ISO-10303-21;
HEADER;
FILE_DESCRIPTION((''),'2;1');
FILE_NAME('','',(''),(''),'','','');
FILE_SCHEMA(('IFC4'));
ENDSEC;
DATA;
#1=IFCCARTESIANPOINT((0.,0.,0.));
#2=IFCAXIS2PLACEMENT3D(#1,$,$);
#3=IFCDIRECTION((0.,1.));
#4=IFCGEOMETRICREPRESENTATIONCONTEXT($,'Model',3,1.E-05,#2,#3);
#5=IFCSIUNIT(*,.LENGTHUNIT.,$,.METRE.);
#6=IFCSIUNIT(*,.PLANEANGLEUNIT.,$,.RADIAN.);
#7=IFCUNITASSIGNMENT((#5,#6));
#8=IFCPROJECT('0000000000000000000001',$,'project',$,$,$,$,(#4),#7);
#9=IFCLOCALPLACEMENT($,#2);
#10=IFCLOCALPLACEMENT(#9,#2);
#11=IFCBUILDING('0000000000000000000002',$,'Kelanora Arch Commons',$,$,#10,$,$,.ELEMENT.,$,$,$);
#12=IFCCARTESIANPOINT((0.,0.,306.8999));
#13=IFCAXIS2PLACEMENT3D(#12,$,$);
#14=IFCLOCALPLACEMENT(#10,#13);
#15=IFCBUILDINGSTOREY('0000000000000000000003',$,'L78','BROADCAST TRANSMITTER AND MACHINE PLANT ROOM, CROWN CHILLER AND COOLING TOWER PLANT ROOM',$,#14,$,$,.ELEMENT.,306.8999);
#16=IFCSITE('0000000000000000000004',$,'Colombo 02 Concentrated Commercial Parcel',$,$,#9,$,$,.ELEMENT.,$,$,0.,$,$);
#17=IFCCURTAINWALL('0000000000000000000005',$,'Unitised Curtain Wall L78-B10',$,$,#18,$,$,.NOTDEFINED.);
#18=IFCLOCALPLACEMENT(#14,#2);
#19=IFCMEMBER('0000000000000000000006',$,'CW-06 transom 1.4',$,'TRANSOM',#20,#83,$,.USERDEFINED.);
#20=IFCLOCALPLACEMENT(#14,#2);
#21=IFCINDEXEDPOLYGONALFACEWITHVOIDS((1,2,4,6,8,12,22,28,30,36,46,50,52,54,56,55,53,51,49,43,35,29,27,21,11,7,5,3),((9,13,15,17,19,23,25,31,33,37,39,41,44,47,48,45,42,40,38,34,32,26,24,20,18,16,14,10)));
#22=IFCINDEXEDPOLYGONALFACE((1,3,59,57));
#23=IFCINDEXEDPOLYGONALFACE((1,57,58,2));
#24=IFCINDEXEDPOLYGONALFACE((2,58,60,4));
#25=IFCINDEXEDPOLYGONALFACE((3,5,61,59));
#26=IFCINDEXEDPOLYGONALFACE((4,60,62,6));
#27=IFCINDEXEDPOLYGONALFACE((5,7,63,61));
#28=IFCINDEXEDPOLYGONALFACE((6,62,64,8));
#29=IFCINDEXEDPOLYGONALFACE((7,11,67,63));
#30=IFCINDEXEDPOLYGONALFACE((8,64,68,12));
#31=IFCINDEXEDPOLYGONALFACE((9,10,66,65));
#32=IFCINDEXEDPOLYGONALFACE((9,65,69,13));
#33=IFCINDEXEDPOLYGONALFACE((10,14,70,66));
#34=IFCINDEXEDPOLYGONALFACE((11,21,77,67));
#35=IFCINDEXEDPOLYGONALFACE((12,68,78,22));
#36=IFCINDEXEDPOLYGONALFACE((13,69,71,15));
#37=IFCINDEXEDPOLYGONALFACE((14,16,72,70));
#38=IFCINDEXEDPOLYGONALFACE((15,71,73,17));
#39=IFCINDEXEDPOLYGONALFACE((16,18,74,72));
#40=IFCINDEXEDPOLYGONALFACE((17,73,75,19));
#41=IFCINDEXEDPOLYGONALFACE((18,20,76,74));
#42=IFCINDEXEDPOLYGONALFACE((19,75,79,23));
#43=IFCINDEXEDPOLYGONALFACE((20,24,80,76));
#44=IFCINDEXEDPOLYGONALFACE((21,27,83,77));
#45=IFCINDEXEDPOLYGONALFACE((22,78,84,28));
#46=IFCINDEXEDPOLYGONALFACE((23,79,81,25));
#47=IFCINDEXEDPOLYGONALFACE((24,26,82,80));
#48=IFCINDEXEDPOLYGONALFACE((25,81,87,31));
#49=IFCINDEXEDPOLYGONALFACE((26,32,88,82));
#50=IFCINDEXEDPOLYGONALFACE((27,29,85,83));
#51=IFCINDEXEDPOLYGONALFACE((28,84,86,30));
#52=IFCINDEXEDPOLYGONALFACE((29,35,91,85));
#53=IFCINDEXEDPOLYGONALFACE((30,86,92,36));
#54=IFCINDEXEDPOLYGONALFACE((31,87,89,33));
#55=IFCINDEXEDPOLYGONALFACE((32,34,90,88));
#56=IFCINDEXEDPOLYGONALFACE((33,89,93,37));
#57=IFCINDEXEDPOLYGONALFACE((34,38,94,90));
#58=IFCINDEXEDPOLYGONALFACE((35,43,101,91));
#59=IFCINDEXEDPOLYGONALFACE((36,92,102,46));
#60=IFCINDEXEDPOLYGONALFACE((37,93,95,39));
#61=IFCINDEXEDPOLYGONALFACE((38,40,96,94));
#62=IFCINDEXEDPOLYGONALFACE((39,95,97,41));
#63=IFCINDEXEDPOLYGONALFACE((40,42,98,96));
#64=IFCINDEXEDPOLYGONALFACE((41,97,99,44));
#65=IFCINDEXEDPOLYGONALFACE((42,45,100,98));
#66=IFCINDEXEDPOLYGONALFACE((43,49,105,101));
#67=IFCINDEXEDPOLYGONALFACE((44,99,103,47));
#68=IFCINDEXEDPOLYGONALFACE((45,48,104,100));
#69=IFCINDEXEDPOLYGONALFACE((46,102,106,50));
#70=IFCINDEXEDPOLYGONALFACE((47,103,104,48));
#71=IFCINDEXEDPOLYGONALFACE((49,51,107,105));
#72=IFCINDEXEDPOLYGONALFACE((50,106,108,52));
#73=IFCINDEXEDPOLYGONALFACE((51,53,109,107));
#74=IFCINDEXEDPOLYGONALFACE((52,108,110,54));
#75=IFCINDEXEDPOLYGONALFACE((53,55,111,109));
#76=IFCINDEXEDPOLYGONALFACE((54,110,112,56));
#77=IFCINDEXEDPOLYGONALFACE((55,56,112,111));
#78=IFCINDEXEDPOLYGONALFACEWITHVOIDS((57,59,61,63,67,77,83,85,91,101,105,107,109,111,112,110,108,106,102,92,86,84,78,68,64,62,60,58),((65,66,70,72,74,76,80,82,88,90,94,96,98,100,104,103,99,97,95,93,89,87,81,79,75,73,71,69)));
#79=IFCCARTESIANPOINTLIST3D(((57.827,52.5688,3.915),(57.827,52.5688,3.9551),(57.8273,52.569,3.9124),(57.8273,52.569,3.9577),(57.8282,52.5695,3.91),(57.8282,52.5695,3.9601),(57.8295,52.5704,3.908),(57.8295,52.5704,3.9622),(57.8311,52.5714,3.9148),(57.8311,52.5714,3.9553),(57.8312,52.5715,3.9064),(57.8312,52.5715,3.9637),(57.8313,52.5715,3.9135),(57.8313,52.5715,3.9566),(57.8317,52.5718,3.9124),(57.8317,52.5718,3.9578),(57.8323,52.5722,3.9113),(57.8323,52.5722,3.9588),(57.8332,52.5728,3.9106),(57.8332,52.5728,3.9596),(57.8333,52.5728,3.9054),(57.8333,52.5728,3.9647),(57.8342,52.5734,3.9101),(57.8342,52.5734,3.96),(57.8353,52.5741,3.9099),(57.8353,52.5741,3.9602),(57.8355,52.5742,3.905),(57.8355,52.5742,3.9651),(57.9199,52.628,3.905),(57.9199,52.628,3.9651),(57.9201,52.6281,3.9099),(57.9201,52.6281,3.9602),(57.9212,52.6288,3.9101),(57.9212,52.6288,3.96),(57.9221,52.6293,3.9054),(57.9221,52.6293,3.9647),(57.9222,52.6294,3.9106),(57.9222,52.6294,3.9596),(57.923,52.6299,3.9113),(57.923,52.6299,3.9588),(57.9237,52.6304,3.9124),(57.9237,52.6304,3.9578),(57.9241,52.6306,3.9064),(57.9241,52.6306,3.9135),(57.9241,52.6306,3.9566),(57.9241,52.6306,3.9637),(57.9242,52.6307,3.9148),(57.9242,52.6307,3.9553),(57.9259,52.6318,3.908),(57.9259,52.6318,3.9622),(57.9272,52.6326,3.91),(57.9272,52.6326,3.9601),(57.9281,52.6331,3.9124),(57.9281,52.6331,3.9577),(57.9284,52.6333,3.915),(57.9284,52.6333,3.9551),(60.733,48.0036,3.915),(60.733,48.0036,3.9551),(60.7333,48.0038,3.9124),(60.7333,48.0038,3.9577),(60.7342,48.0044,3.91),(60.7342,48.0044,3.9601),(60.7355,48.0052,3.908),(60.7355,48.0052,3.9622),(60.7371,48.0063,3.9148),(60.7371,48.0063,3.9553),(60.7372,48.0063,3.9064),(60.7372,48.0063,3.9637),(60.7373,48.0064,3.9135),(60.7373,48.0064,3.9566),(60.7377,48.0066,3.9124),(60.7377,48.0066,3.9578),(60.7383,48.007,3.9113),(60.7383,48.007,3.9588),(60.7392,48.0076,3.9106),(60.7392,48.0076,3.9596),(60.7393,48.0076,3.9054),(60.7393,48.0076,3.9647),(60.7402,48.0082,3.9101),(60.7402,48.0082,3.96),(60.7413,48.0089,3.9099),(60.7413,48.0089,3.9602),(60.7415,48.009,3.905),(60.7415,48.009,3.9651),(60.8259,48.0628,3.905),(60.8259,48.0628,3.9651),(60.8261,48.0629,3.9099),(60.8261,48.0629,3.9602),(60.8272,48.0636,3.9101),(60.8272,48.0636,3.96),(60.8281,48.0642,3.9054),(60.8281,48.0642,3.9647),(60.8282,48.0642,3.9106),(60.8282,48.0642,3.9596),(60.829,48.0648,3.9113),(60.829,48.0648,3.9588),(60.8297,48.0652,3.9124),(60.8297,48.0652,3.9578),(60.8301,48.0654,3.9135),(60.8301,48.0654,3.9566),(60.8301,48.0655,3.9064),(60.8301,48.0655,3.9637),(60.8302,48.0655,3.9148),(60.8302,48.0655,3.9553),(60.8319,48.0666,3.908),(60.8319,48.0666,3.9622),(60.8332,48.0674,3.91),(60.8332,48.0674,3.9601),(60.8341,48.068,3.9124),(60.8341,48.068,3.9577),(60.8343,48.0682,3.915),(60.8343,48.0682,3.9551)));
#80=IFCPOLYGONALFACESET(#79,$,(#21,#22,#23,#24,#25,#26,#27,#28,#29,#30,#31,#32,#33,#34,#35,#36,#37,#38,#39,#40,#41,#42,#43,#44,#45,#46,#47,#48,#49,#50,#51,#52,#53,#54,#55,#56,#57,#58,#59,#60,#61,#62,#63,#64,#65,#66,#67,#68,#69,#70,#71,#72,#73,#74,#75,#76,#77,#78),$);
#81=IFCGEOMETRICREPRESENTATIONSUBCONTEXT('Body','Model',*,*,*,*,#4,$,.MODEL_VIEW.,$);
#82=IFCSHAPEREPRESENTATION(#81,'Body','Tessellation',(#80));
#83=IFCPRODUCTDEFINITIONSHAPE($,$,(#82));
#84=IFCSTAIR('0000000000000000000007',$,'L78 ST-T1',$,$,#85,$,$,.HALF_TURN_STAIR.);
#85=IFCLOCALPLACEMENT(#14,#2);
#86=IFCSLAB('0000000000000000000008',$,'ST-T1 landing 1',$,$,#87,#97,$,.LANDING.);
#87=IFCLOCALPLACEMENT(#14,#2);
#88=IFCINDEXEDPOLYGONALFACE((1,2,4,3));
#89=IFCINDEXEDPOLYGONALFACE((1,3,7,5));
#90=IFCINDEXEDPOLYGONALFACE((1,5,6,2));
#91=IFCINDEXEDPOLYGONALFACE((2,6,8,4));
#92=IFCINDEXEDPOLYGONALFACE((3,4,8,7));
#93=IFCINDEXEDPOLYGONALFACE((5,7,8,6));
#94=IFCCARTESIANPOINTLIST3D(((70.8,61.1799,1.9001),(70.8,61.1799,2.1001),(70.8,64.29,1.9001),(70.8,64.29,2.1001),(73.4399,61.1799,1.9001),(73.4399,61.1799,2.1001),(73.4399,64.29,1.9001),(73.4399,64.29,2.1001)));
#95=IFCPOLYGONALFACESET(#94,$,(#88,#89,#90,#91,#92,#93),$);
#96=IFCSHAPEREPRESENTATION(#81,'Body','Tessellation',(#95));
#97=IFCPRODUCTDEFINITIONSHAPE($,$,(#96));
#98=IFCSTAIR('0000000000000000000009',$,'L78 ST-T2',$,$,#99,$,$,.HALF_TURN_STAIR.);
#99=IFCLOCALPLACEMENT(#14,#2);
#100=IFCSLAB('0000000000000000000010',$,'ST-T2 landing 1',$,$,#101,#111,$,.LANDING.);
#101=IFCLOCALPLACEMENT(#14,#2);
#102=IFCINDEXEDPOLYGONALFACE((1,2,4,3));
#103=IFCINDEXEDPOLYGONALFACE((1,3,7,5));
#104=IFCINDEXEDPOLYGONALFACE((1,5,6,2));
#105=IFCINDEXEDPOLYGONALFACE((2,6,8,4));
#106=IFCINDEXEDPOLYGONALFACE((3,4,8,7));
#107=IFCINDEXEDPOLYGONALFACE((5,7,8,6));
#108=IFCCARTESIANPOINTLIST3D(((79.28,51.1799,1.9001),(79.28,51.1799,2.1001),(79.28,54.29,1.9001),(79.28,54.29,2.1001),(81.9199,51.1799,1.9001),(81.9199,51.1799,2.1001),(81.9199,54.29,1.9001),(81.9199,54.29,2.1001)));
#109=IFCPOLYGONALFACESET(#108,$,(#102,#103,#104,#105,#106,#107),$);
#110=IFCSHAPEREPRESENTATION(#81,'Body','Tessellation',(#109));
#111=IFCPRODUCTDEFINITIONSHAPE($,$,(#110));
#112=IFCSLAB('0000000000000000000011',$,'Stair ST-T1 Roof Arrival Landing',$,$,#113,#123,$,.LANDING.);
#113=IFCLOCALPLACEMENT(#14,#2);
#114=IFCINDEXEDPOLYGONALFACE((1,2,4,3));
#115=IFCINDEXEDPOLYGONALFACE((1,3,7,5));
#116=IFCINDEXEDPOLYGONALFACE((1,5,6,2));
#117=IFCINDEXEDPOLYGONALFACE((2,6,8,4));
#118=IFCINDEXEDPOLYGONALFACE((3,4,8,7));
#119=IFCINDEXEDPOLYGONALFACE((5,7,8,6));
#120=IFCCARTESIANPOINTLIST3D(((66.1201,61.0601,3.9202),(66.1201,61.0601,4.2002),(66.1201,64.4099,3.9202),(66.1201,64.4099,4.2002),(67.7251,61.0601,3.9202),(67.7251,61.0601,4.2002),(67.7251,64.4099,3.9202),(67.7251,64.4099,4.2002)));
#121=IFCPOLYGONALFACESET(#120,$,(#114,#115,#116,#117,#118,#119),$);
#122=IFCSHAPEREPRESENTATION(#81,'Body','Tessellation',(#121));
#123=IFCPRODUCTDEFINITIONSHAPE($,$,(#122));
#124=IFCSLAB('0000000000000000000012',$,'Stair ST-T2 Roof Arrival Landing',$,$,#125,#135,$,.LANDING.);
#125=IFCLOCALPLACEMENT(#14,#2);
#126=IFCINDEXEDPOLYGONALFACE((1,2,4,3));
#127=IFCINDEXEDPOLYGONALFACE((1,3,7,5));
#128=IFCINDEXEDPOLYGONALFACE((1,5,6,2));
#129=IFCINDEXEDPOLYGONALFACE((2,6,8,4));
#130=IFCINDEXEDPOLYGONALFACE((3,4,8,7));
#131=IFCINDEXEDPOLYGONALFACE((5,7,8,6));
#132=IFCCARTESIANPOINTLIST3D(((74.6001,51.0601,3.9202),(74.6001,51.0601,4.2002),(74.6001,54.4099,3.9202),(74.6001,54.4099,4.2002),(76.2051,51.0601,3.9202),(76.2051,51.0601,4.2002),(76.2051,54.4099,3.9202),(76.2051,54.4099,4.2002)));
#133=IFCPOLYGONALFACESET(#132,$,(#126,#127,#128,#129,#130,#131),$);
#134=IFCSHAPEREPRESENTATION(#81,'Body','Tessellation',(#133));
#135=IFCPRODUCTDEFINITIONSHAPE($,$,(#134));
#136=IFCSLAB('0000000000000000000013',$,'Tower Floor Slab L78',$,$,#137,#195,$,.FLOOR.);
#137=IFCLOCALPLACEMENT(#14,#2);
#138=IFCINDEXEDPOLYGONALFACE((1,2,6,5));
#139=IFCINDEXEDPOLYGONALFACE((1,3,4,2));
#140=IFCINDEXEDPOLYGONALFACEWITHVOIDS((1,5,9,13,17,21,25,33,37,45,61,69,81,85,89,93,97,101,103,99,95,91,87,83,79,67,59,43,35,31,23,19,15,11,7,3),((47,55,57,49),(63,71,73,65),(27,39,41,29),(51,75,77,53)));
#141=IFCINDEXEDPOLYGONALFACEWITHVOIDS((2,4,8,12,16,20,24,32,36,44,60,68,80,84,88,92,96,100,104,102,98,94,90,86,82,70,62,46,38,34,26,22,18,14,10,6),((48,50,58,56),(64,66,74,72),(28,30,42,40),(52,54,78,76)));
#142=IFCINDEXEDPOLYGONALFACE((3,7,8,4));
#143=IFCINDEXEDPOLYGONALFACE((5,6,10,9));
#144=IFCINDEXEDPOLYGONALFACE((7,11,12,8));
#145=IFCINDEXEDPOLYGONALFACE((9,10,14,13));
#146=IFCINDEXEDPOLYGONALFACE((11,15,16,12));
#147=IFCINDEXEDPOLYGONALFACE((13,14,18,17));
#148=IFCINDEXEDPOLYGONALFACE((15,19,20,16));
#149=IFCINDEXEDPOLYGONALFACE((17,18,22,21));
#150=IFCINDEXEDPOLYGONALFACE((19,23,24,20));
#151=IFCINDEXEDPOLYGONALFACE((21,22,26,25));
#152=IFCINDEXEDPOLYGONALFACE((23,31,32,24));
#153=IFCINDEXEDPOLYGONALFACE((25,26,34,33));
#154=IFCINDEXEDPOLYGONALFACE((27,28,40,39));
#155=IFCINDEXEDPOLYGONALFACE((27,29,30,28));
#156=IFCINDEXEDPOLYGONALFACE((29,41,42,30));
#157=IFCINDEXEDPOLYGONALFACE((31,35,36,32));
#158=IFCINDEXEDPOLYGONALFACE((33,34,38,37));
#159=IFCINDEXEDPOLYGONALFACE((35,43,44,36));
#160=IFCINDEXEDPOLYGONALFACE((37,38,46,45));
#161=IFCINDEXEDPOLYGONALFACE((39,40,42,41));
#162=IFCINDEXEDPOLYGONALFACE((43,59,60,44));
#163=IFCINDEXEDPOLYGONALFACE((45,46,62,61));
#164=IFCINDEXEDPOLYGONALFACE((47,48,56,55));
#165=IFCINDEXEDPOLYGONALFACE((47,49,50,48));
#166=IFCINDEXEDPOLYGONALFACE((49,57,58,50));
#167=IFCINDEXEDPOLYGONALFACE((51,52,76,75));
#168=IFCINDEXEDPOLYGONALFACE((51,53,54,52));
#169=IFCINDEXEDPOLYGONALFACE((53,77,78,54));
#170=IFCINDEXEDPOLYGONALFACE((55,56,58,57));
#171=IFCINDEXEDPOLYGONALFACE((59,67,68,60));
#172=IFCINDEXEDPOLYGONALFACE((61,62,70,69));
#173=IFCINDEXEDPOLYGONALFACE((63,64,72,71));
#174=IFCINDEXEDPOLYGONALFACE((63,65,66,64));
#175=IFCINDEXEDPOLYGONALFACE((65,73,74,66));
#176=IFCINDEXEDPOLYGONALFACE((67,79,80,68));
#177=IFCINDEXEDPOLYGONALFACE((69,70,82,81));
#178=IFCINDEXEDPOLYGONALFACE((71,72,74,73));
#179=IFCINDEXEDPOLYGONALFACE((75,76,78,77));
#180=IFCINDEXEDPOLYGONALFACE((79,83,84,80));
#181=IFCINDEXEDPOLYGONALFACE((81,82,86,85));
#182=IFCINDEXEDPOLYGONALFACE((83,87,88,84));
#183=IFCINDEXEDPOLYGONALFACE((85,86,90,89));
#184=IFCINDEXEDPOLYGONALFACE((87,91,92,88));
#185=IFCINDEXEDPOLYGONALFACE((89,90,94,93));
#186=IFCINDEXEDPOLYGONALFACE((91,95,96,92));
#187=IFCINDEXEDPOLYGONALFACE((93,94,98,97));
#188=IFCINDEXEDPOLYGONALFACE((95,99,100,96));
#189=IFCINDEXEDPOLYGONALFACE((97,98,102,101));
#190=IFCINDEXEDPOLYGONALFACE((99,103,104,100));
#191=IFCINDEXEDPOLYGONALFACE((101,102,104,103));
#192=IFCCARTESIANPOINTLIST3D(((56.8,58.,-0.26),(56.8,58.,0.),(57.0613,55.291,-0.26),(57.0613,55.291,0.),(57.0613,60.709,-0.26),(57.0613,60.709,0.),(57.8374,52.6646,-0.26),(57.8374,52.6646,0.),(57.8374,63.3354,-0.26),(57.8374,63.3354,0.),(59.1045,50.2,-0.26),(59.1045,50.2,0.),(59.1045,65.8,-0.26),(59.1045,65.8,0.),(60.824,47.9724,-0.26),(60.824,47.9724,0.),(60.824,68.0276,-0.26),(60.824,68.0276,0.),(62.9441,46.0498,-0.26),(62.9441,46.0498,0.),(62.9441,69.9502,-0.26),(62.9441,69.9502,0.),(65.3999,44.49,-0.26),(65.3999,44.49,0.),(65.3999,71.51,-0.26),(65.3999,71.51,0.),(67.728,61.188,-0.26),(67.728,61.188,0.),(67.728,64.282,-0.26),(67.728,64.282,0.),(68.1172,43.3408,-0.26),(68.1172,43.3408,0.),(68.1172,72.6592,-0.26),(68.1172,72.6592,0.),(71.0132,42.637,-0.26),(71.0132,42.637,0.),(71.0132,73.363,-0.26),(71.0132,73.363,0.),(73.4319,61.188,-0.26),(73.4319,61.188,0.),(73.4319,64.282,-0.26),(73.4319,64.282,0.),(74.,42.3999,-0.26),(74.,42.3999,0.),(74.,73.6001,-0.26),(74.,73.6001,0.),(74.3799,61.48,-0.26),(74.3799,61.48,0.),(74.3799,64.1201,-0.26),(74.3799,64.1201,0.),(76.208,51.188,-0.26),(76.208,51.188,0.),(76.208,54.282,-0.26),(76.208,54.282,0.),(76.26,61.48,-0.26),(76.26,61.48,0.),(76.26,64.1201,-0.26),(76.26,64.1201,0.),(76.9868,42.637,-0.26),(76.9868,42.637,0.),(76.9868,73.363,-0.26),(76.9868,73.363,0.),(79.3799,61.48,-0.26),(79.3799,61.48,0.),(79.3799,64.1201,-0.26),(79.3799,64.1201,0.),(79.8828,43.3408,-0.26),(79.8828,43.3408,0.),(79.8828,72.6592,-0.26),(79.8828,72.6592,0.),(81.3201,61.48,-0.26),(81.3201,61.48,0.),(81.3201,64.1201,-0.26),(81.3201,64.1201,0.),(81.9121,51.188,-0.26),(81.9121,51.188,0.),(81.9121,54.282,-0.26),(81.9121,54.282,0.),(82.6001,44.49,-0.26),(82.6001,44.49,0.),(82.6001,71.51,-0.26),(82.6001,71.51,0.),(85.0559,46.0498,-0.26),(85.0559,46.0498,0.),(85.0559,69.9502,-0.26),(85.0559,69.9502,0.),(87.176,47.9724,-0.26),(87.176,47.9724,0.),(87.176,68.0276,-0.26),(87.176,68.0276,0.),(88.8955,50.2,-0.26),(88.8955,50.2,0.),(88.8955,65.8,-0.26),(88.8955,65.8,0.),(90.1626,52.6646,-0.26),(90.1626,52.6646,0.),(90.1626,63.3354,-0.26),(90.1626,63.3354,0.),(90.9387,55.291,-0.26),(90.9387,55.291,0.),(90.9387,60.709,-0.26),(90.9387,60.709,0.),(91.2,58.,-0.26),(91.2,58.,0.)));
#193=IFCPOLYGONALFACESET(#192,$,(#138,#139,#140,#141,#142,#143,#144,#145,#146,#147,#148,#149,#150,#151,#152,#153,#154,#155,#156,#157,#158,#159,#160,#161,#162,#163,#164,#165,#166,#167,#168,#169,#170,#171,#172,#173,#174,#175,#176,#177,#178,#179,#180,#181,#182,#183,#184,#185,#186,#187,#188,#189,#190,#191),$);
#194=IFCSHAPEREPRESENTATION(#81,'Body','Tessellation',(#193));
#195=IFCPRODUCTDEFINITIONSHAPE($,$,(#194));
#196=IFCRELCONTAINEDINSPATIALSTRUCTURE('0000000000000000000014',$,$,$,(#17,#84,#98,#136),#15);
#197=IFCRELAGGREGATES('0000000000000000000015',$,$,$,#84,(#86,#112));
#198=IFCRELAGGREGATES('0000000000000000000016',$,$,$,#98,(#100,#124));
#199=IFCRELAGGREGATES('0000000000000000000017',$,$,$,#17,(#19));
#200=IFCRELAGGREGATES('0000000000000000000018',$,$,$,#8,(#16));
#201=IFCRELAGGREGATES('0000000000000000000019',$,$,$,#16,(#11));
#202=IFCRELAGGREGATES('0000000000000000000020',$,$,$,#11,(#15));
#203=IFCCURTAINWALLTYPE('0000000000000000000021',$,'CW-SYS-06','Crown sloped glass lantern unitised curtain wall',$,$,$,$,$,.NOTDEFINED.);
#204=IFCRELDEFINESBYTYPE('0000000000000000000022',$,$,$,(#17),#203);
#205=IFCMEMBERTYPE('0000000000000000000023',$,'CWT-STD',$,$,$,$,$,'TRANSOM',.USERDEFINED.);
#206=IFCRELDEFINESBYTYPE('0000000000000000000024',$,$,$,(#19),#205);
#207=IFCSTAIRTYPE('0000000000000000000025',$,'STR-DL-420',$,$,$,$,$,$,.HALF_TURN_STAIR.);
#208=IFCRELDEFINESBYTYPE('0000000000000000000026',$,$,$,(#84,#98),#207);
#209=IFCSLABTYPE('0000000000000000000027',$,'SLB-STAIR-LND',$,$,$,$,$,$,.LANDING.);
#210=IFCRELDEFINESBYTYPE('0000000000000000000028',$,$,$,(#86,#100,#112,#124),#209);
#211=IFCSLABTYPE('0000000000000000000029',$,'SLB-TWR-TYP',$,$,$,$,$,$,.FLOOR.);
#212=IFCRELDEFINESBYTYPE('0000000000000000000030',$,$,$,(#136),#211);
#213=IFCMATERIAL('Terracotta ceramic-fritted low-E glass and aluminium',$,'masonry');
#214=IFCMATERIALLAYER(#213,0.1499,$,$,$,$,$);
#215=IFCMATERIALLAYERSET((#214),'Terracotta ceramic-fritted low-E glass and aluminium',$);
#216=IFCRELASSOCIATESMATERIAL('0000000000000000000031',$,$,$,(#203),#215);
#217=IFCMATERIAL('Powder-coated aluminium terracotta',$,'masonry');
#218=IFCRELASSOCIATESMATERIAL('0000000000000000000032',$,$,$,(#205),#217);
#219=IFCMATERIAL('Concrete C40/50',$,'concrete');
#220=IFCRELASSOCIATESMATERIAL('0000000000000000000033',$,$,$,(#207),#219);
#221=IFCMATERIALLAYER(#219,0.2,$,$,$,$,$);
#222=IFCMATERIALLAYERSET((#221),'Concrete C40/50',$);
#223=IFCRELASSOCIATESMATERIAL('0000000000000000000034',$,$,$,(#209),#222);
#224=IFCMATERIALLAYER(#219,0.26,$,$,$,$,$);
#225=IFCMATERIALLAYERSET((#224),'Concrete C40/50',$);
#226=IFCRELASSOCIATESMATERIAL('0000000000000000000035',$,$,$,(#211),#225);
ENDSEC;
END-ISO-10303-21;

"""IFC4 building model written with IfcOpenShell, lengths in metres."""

from ifc_helpers import new_model, si_unit, direction, frame, origin, origin_2d, place, context, subcontext, project, spatial, polyline, hollow_rectangle, outline, extrude, material, layer, layer_set, material_profile, profile_set, type_object, element, aggregate, save


model = new_model("IFC4")

# Units and contexts
model_context = context("Model", 3, precision=1e-05, world=origin(), true_north=direction((0.0, 1.0)))
body_context = subcontext(model_context, "Body", "Model", "MODEL_VIEW")
ifc_project = project(units=[si_unit("LENGTHUNIT", "METRE"), si_unit("PLANEANGLEUNIT", "RADIAN")], contexts=[model_context])

# Site, building, storey
site_placement = place(None, origin())
site = spatial("IfcSite", under=ifc_project, at=site_placement, Name="Colombo 02 Concentrated Commercial Parcel", CompositionType="ELEMENT", RefElevation=0.0)
building_placement = place(site_placement, origin())
building = spatial("IfcBuilding", under=site, at=building_placement, Name="Kelanora Arch Commons", CompositionType="ELEMENT")
storey_placement = place(building_placement, frame((0.0, 0.0, 306.8999)))
storey = spatial("IfcBuildingStorey", under=building, at=storey_placement, Name="L78", Description="BROADCAST TRANSMITTER AND MACHINE PLANT ROOM, CROWN CHILLER AND COOLING TOWER PLANT ROOM", CompositionType="ELEMENT", Elevation=306.8999)

# Curtain wall
ifc_material_1 = material(Name="Terracotta ceramic-fritted low-E glass and aluminium", Category="masonry")
ifc_layer_1 = layer(ifc_material_1, 0.1499)
ifc_layer_set_1 = layer_set([ifc_layer_1], Name="Terracotta ceramic-fritted low-E glass and aluminium")
curtain_wall_type = type_object("IfcCurtainWallType", Name="CW-SYS-06", Description="Crown sloped glass lantern unitised curtain wall", PredefinedType="NOTDEFINED", material=ifc_layer_set_1)
ifc_material_2 = material(Name="Powder-coated aluminium terracotta", Category="masonry")
curtain_wall_1_placement = place(storey_placement, origin())
curtain_wall_1 = element("IfcCurtainWall", 1, at=curtain_wall_1_placement, inside=storey, type_object=curtain_wall_type, Name="Unitised Curtain Wall L78-B10", PredefinedType="NOTDEFINED")

# Member
ifc_material_profile_1 = material_profile(ifc_material_2, hollow_rectangle(XDim=0.1201, YDim=0.0601, WallThickness=0.0049, InnerFilletRadius=0.0049, OuterFilletRadius=0.01, at=origin_2d()), Name="CWT120x60")
ifc_profile_set_1 = profile_set([ifc_material_profile_1], Name="Powder-coated aluminium terracotta")
member_type_1 = type_object("IfcMemberType", Name="CWT-STD", ElementType="TRANSOM", PredefinedType="USERDEFINED", material=ifc_profile_set_1)
member_1_placement = place(storey_placement, frame((57.8777, 52.6011, 3.9351), z_axis=(0.536992, -0.843587, 0.0), x_axis=(0.843587, 0.536992, 0.0)))
member_1 = element("IfcMember", 2, at=member_1_placement, type_object=member_type_1, Name="CW-06 transom 1.4", ObjectType="TRANSOM", PredefinedType="USERDEFINED", context=body_context, shape_type="SweptSolid", body=[
    extrude(hollow_rectangle(XDim=0.1201, YDim=0.0601, WallThickness=0.0049, InnerFilletRadius=0.0049, OuterFilletRadius=0.01, at=origin_2d()), origin(), (0.0, 0.0, 1.0), 5.4116),
])

# Stairs, slabs
ifc_material_3 = material(Name="Concrete C40/50", Category="concrete")
stair_type = type_object("IfcStairType", Name="STR-DL-420", PredefinedType="HALF_TURN_STAIR", material=ifc_material_3)
stair_1_placement = place(storey_placement, origin())
stair_1 = element("IfcStair", 3, at=stair_1_placement, inside=storey, type_object=stair_type, Name="L78 ST-T1", PredefinedType="HALF_TURN_STAIR")
ifc_layer_2 = layer(ifc_material_3, 0.2)
ifc_layer_set_2 = layer_set([ifc_layer_2], Name="Concrete C40/50")
slab_type_1 = type_object("IfcSlabType", Name="SLB-STAIR-LND", PredefinedType="LANDING", material=ifc_layer_set_2)
slab_1_placement = place(storey_placement, frame((0.0, 0.0, 1.9001)))
slab_1 = element("IfcSlab", 4, at=slab_1_placement, type_object=slab_type_1, Name="ST-T1 landing 1", PredefinedType="LANDING", context=body_context, shape_type="SweptSolid", body=[
    extrude(outline(polyline([(70.8, 61.1799), (73.4399, 61.1799), (73.4399, 64.29), (70.8, 64.29), (70.8, 61.1799)])), origin(), (0.0, 0.0, 1.0), 0.2),
])
stair_2_placement = place(storey_placement, origin())
stair_2 = element("IfcStair", 5, at=stair_2_placement, inside=storey, type_object=stair_type, Name="L78 ST-T2", PredefinedType="HALF_TURN_STAIR")
slab_2_placement = place(storey_placement, frame((0.0, 0.0, 1.9001)))
slab_2 = element("IfcSlab", 6, at=slab_2_placement, type_object=slab_type_1, Name="ST-T2 landing 1", PredefinedType="LANDING", context=body_context, shape_type="SweptSolid", body=[
    extrude(outline(polyline([(79.28, 51.1799), (81.9199, 51.1799), (81.9199, 54.29), (79.28, 54.29), (79.28, 51.1799)])), origin(), (0.0, 0.0, 1.0), 0.2),
])

# Slabs
placement = place(building_placement, frame((0.0, 0.0, 311.1001)))
slab_3_placement = place(placement, frame((0.0, 0.0, -0.28)))
slab_3 = element("IfcSlab", 7, at=slab_3_placement, type_object=slab_type_1, Name="Stair ST-T1 Roof Arrival Landing", PredefinedType="LANDING", context=body_context, shape_type="SweptSolid", body=[
    extrude(outline(polyline([(66.1201, 61.0601), (67.7251, 61.0601), (67.7251, 64.4099), (66.1201, 64.4099), (66.1201, 61.0601)])), origin(), (0.0, 0.0, 1.0), 0.28),
])
aggregate(stair_1, [slab_1, slab_3])
slab_4_placement = place(placement, frame((0.0, 0.0, -0.28)))
slab_4 = element("IfcSlab", 8, at=slab_4_placement, type_object=slab_type_1, Name="Stair ST-T2 Roof Arrival Landing", PredefinedType="LANDING", context=body_context, shape_type="SweptSolid", body=[
    extrude(outline(polyline([(74.6001, 51.0601), (76.2051, 51.0601), (76.2051, 54.4099), (74.6001, 54.4099), (74.6001, 51.0601)])), origin(), (0.0, 0.0, 1.0), 0.28),
])
aggregate(stair_2, [slab_2, slab_4])
ifc_layer_3 = layer(ifc_material_3, 0.26)
ifc_layer_set_3 = layer_set([ifc_layer_3], Name="Concrete C40/50")
slab_type_2 = type_object("IfcSlabType", Name="SLB-TWR-TYP", PredefinedType="FLOOR", material=ifc_layer_set_3)
slab_5_placement = place(storey_placement, frame((0.0, 0.0, -0.26)))
element("IfcSlab", 9, at=slab_5_placement, inside=storey, type_object=slab_type_2, Name="Tower Floor Slab L78", PredefinedType="FLOOR", context=body_context, shape_type="SweptSolid", body=[
    extrude(outline(polyline([(91.2, 58.0), (90.9387, 60.709), (90.1626, 63.3354), (88.8955, 65.8), (87.176, 68.0276), (85.0559, 69.9502), (82.6001, 71.51), (79.8828, 72.6592), (76.9868, 73.363), (74.0, 73.6001), (71.0132, 73.363), (68.1172, 72.6592), (65.3999, 71.51), (62.9441, 69.9502), (60.824, 68.0276), (59.1045, 65.8), (57.8374, 63.3354), (57.0613, 60.709), (56.8, 58.0), (57.0613, 55.291), (57.8374, 52.6646), (59.1045, 50.2), (60.824, 47.9724), (62.9441, 46.0498), (65.3999, 44.49), (68.1172, 43.3408), (71.0132, 42.637), (74.0, 42.3999), (76.9868, 42.637), (79.8828, 43.3408), (82.6001, 44.49), (85.0559, 46.0498), (87.176, 47.9724), (88.8955, 50.2), (90.1626, 52.6646), (90.9387, 55.291), (91.2, 58.0)]), holes=[polyline([(81.9121, 51.188), (76.208, 51.188), (76.208, 54.282), (81.9121, 54.282), (81.9121, 51.188)]), polyline([(73.4319, 61.188), (67.728, 61.188), (67.728, 64.282), (73.4319, 64.282), (73.4319, 61.188)]), polyline([(76.26, 61.48), (74.3799, 61.48), (74.3799, 64.1201), (76.26, 64.1201), (76.26, 61.48)]), polyline([(81.3201, 61.48), (79.3799, 61.48), (79.3799, 64.1201), (81.3201, 64.1201), (81.3201, 61.48)])]), origin(), (0.0, 0.0, 1.0), 0.26),
])

aggregate(curtain_wall_1, [member_1])

save(model, "model.ifc")
